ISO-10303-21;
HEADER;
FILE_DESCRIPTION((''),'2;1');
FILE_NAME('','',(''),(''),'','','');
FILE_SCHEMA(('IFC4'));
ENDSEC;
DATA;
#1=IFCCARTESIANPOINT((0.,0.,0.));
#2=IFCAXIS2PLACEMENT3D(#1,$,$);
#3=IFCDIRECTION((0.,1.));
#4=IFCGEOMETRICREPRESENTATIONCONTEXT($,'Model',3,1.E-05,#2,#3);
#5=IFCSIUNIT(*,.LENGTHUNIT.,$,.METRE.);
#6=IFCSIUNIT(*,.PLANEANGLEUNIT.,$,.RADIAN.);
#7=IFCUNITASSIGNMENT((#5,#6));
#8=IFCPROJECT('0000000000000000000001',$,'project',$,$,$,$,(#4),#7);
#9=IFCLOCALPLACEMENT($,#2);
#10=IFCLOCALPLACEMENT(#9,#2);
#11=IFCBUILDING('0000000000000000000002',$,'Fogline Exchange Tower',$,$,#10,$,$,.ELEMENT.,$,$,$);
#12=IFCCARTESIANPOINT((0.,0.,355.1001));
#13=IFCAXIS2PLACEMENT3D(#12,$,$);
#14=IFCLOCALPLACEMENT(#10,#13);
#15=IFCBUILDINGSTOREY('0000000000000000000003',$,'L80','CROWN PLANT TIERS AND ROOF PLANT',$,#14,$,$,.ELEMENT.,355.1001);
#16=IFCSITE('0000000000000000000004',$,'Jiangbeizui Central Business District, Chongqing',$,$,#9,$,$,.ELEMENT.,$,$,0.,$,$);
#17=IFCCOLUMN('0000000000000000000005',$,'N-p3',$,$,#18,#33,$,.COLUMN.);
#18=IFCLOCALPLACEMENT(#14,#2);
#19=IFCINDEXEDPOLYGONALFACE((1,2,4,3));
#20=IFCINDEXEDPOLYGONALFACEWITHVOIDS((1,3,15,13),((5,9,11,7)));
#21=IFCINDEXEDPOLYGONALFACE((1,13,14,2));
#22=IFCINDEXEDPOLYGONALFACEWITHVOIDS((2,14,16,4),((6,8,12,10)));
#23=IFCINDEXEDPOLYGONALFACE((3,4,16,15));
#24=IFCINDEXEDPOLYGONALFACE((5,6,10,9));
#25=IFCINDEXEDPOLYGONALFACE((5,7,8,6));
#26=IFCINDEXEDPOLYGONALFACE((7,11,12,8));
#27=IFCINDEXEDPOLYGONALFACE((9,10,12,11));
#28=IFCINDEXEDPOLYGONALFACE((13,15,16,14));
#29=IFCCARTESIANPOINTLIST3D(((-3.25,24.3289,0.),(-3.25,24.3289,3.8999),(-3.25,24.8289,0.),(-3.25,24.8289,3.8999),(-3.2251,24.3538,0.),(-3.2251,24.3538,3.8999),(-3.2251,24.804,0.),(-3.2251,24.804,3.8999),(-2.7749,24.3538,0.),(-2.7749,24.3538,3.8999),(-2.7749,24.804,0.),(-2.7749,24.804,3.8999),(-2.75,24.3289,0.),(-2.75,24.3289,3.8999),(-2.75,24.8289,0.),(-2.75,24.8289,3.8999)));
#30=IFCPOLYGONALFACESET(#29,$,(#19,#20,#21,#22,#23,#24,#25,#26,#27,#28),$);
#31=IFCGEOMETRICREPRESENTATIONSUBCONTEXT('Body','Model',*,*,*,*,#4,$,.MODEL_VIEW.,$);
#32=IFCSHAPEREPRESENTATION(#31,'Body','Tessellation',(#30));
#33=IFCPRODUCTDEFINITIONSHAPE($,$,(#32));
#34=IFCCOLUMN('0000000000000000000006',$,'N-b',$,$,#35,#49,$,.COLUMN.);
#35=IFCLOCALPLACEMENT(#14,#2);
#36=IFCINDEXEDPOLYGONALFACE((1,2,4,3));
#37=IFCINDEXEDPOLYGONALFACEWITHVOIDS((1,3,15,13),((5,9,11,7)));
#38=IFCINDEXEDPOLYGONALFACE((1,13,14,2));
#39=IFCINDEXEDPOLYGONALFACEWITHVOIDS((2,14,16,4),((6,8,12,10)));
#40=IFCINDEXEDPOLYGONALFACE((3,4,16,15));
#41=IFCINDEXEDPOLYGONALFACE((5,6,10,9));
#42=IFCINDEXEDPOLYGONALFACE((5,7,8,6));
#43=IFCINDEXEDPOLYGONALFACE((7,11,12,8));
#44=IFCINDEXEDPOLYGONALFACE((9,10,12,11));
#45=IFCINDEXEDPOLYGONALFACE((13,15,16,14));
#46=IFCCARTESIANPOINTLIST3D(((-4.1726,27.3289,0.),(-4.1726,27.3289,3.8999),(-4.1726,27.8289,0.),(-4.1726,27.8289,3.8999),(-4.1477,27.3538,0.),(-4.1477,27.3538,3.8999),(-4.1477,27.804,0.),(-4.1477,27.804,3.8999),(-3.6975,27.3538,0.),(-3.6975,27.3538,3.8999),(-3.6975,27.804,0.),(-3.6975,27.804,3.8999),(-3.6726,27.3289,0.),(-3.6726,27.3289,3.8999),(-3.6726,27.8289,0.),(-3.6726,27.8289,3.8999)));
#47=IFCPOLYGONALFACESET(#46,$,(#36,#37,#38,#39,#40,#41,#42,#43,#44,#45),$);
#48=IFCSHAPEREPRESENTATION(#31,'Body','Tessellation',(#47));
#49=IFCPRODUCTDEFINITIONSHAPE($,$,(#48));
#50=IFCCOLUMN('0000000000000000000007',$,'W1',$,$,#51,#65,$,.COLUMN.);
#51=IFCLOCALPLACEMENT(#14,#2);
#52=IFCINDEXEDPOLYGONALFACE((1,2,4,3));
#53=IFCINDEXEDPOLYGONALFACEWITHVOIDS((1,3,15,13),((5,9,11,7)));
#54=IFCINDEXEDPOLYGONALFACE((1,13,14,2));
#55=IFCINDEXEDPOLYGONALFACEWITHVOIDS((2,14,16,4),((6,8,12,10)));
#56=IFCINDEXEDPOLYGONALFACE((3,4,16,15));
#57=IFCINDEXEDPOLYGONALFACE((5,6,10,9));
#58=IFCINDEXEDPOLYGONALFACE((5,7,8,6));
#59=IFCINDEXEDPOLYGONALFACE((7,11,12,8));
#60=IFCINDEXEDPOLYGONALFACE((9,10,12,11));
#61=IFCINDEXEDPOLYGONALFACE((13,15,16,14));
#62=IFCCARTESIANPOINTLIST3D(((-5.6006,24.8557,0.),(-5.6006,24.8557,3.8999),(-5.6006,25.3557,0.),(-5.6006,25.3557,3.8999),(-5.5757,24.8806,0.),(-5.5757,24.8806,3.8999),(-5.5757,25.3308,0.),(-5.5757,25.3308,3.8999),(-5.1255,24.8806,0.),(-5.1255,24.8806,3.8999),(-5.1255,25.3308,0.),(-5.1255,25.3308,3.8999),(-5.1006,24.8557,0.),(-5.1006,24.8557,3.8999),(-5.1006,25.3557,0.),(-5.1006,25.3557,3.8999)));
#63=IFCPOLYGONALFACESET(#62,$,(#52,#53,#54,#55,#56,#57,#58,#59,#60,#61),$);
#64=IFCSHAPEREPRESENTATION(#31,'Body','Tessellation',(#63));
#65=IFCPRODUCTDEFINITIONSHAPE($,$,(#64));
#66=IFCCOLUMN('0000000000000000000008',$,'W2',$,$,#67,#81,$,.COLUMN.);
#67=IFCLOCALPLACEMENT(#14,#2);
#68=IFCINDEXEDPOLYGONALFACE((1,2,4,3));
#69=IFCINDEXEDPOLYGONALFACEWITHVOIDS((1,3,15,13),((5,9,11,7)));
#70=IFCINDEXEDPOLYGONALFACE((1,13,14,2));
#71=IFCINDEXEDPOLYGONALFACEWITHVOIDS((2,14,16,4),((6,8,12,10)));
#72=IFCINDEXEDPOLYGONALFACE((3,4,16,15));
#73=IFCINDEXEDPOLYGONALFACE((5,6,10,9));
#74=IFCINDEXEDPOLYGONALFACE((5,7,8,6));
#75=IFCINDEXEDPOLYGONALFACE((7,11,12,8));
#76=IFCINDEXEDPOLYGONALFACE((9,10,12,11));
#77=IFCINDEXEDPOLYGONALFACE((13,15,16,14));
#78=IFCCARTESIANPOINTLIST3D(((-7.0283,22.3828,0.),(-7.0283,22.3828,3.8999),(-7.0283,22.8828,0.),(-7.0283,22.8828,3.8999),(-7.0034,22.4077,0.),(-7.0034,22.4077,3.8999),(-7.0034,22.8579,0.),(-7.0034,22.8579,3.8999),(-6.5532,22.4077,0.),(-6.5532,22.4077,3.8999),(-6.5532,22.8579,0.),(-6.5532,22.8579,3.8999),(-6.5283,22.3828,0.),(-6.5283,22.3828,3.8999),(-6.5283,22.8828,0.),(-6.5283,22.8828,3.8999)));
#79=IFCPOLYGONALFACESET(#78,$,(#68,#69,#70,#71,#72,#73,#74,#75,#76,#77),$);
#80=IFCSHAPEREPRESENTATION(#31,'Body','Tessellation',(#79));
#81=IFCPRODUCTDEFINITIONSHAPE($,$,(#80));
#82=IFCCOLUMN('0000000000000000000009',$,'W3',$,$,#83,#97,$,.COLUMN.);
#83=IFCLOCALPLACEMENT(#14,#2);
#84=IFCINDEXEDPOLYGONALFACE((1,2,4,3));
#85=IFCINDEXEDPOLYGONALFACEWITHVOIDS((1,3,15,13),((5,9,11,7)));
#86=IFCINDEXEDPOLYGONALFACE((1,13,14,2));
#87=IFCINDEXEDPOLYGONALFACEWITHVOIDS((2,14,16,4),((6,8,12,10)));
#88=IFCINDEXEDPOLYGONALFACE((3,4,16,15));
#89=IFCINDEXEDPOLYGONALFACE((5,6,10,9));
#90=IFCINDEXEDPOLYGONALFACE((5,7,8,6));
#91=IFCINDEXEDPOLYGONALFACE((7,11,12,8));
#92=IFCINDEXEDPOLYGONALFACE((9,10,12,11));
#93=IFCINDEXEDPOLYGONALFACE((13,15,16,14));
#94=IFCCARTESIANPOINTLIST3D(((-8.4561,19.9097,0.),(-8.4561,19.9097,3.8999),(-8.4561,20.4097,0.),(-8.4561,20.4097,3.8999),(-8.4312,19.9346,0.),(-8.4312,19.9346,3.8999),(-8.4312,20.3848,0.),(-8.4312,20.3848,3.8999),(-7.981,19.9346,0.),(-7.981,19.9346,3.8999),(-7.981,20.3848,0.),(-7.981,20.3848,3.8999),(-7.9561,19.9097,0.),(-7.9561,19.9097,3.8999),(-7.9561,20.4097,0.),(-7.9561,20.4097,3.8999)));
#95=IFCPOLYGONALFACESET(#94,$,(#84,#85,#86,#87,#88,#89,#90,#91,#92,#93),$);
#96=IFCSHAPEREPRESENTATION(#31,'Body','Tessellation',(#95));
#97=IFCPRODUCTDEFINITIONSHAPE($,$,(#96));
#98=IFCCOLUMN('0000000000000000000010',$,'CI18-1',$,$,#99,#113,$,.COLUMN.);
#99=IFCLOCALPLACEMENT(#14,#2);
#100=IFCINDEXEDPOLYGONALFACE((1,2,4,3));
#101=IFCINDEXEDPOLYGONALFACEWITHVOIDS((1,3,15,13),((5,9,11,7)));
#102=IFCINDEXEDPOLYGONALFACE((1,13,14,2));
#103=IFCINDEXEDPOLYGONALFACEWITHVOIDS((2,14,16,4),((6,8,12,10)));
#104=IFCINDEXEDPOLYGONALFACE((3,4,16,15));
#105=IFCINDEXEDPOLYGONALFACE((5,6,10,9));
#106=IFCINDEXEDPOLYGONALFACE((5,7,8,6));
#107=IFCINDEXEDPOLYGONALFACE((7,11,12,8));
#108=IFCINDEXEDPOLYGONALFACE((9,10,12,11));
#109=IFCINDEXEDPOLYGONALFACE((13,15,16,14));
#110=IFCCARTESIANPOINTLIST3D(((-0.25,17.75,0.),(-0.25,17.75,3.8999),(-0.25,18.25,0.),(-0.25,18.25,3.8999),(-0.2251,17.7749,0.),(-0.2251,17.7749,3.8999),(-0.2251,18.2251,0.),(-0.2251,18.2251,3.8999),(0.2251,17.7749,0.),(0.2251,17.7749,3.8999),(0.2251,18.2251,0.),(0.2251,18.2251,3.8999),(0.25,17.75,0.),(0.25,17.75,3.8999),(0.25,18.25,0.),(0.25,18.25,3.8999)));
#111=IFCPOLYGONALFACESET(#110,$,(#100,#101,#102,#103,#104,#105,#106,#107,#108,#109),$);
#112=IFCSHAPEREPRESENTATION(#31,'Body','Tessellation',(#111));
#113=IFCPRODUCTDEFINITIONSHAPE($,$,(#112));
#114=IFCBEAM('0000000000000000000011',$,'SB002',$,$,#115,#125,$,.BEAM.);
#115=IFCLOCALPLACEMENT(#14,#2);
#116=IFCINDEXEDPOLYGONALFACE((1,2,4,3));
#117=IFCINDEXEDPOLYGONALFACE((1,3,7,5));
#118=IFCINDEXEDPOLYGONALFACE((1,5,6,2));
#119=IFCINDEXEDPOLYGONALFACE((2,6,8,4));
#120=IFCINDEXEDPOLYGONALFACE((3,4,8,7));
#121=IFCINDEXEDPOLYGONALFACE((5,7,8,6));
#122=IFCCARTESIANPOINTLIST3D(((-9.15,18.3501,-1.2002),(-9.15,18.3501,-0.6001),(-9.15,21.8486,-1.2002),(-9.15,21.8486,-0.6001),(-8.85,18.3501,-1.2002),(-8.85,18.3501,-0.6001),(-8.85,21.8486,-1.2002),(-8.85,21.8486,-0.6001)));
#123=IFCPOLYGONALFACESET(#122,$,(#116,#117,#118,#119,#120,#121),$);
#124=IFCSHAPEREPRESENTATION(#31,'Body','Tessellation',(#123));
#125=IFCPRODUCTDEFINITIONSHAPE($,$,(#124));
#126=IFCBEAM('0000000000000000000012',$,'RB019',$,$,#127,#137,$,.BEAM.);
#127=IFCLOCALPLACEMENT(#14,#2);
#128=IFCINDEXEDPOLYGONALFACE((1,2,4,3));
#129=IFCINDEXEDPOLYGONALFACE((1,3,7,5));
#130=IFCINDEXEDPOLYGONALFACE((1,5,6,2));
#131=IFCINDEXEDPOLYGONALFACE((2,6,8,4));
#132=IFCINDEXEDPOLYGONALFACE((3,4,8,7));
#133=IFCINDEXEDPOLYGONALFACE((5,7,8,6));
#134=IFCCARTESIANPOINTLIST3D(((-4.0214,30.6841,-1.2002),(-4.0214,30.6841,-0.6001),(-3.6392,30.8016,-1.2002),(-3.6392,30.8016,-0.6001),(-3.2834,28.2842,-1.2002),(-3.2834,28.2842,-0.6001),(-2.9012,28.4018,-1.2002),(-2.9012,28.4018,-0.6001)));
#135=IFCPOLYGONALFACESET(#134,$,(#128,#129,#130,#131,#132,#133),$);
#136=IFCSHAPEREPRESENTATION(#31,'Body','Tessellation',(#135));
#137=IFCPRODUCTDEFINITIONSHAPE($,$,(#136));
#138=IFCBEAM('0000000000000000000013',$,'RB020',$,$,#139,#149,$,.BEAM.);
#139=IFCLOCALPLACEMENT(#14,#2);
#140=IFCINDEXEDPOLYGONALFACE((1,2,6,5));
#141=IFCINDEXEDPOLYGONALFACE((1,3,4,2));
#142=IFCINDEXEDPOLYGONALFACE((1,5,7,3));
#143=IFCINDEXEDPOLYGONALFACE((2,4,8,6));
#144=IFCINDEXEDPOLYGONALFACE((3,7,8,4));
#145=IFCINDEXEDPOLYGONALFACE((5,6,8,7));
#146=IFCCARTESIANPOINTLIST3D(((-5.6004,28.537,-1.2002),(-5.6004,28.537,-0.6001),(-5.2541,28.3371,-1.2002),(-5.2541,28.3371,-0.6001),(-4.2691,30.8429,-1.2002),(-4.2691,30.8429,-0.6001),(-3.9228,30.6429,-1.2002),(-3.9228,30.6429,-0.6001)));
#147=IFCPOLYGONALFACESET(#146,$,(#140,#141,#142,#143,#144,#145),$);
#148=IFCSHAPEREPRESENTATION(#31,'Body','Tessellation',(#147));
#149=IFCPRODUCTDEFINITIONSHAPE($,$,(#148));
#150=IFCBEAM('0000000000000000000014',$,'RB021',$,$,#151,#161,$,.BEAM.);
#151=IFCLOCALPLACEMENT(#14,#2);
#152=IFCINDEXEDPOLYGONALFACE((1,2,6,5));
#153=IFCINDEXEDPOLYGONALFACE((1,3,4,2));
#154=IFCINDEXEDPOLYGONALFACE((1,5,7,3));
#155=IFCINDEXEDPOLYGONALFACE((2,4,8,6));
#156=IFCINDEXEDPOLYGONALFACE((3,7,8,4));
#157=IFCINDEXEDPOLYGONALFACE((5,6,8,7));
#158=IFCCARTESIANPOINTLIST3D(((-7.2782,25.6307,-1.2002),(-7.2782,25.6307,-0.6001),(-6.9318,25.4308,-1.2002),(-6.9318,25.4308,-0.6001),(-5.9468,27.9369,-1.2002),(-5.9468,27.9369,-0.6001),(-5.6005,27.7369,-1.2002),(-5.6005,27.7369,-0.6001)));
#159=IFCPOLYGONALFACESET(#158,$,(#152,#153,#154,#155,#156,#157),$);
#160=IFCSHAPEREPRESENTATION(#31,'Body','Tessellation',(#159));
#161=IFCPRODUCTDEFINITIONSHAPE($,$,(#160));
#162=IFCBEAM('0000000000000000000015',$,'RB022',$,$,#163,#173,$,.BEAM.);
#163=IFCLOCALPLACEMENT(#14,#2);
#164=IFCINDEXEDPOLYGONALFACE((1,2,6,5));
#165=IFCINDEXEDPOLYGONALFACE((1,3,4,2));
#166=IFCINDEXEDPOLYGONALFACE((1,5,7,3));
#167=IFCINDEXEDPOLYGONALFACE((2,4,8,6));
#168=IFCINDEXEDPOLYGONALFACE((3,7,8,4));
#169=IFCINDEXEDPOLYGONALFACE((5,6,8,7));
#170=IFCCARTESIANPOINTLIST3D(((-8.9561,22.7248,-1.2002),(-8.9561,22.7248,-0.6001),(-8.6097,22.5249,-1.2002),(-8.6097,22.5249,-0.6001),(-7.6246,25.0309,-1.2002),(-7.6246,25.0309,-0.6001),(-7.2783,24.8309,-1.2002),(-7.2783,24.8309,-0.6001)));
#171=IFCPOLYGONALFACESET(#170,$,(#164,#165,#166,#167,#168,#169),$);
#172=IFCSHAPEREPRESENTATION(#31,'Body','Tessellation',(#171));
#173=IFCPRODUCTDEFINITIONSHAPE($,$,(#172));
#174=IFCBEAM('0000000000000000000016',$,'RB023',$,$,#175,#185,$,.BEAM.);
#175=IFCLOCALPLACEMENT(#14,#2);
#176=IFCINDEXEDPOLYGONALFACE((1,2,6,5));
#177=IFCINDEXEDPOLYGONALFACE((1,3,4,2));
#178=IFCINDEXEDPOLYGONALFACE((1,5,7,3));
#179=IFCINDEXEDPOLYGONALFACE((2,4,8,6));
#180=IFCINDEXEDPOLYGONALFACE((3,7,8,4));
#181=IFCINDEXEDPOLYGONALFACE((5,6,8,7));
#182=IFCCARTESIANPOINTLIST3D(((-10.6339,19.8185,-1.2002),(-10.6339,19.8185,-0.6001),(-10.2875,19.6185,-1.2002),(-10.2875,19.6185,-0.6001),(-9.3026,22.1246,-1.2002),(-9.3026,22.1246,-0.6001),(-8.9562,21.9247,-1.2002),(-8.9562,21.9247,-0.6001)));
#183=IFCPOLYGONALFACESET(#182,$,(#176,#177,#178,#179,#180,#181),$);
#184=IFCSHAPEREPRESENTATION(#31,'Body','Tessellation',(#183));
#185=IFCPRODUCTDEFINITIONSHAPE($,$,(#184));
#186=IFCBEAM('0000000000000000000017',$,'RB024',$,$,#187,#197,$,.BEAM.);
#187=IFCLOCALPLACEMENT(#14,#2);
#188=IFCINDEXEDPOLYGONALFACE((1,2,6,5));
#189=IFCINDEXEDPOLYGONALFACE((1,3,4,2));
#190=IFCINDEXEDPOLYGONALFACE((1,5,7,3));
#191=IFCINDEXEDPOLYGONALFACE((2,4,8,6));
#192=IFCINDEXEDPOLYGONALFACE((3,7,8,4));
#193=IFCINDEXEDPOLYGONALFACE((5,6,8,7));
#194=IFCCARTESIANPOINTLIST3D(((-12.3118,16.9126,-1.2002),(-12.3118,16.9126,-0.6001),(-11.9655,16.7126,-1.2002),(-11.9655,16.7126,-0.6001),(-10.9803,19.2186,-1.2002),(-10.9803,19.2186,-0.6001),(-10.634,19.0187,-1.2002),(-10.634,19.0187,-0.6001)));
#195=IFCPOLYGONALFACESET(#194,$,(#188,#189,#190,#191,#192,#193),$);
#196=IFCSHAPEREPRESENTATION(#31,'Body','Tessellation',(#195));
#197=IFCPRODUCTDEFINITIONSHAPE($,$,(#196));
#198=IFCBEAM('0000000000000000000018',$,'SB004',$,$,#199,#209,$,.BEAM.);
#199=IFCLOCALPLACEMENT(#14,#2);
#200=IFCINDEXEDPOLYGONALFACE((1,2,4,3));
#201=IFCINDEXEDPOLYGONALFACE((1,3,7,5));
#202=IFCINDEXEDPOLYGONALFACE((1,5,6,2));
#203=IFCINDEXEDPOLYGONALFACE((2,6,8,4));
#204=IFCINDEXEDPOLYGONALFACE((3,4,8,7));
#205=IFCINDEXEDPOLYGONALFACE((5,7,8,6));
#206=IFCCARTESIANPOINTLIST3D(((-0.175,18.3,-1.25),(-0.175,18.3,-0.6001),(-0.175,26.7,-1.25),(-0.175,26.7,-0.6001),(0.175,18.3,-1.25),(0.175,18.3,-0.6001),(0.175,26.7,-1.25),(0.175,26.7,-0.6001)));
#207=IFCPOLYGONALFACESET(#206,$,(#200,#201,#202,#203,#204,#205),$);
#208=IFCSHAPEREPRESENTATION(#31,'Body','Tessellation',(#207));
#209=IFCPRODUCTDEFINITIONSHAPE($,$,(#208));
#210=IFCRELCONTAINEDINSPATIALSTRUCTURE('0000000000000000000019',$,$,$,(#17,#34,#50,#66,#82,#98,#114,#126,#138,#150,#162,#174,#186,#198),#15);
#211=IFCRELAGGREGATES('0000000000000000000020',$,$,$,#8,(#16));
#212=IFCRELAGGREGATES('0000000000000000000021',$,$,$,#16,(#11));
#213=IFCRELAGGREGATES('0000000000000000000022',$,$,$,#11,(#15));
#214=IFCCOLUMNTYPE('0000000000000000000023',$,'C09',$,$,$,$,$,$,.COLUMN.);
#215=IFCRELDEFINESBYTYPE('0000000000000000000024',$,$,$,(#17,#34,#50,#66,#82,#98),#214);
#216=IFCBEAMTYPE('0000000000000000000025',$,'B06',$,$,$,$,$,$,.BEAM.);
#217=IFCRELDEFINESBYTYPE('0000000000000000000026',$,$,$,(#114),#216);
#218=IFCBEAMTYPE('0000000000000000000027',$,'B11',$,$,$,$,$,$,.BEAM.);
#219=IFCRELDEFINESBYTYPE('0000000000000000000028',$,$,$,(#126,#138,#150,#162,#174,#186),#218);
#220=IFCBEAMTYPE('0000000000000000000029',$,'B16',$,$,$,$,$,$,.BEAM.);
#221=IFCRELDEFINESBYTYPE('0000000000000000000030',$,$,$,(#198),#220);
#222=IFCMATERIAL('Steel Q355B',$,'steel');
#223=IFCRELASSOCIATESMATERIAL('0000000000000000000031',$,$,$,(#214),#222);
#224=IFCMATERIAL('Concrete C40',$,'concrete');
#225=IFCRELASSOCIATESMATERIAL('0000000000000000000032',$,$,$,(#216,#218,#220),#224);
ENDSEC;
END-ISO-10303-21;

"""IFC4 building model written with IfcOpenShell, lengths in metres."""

from ifc_helpers import new_model, si_unit, direction, frame, origin, origin_2d, place, context, subcontext, project, spatial, rectangle, hollow_rectangle, extrude, material, material_profile, profile_set, type_object, element, save


model = new_model("IFC4")

# Units and contexts
model_context = context("Model", 3, precision=1e-05, world=origin(), true_north=direction((0.0, 1.0)))
body_context = subcontext(model_context, "Body", "Model", "MODEL_VIEW")
ifc_project = project(units=[si_unit("LENGTHUNIT", "METRE"), si_unit("PLANEANGLEUNIT", "RADIAN")], contexts=[model_context])

# Site, building, storey
site_placement = place(None, origin())
site = spatial("IfcSite", under=ifc_project, at=site_placement, Name="Jiangbeizui Central Business District, Chongqing", CompositionType="ELEMENT", RefElevation=0.0)
building_placement = place(site_placement, origin())
building = spatial("IfcBuilding", under=site, at=building_placement, Name="Fogline Exchange Tower", CompositionType="ELEMENT")
storey_placement = place(building_placement, frame((0.0, 0.0, 355.1001)))
storey = spatial("IfcBuildingStorey", under=building, at=storey_placement, Name="L80", Description="CROWN PLANT TIERS AND ROOF PLANT", CompositionType="ELEMENT", Elevation=355.1001)

# Columns
ifc_material_1 = material(Name="Steel Q355B", Category="steel")
ifc_material_profile_1 = material_profile(ifc_material_1, hollow_rectangle(XDim=0.5, YDim=0.5, WallThickness=0.0249, at=origin_2d()), Name="BOX500X500X25")
ifc_profile_set_1 = profile_set([ifc_material_profile_1], Name="Steel Q355B")
column_type = type_object("IfcColumnType", Name="C09", PredefinedType="COLUMN", material=ifc_profile_set_1)
for number, where, z_axis, x_axis, name in (
    (1, (-3.0, 24.5789, 0.0), (0.0, 0.0, 1.0), (1.0, 0.0, 0.0), "N-p3"),
    (2, (-3.9226, 27.5789, 0.0), (0.0, 0.0, 1.0), (1.0, 0.0, 0.0), "N-b"),
    (3, (-5.3506, 25.1057, 0.0), (0.0, 0.0, 1.0), (1.0, 0.0, 0.0), "W1"),
    (4, (-6.7783, 22.6328, 0.0), (0.0, 0.0, 1.0), (1.0, 0.0, 0.0), "W2"),
    (5, (-8.2061, 20.1597, 0.0), (0.0, 0.0, 1.0), (1.0, 0.0, 0.0), "W3"),
    (6, (0.0, 18.0, 0.0), (0.0, 0.0, 1.0), (1.0, 0.0, 0.0), "CI18-1"),
):
    element("IfcColumn", number, at=place(storey_placement, frame(where, z_axis=z_axis, x_axis=x_axis)), inside=storey, type_object=column_type, Name=name, PredefinedType="COLUMN", context=body_context, shape_type="SweptSolid", body=[
        extrude(hollow_rectangle(XDim=0.5, YDim=0.5, WallThickness=0.0249, at=origin_2d()), origin(), (0.0, 0.0, 1.0), 3.8999),
    ])

# Beams
ifc_material_2 = material(Name="Concrete C40", Category="concrete")
ifc_material_profile_2 = material_profile(ifc_material_2, rectangle(XDim=0.3, YDim=0.6001, at=origin_2d()), Name="RC 300x600")
ifc_profile_set_2 = profile_set([ifc_material_profile_2], Name="Concrete C40")
beam_type_1 = type_object("IfcBeamType", Name="B06", PredefinedType="BEAM", material=ifc_profile_set_2)
beam_1_placement = place(storey_placement, frame((-9.0, 18.3501, -0.9001), z_axis=(0.0, 1.0, 0.0), x_axis=(-1.0, 0.0, 0.0)))
element("IfcBeam", 7, at=beam_1_placement, inside=storey, type_object=beam_type_1, Name="SB002", PredefinedType="BEAM", context=body_context, shape_type="SweptSolid", body=[
    extrude(rectangle(XDim=0.3, YDim=0.6001, at=origin_2d()), origin(), (0.0, 0.0, 1.0), 3.4985),
])
ifc_material_profile_3 = material_profile(ifc_material_2, rectangle(XDim=0.3999, YDim=0.6001, at=origin_2d()), Name="RC 400x600")
ifc_profile_set_3 = profile_set([ifc_material_profile_3], Name="Concrete C40")
beam_type_2 = type_object("IfcBeamType", Name="B11", PredefinedType="BEAM", material=ifc_profile_set_3)
beam_2_placement = place(storey_placement, frame((-3.0923, 28.343, -0.9001), z_axis=(-0.293942, 0.955823, 0.0), x_axis=(-0.955823, -0.293942, 0.0)))
element("IfcBeam", 8, at=beam_2_placement, inside=storey, type_object=beam_type_2, Name="RB019", PredefinedType="BEAM", context=body_context, shape_type="SweptSolid", body=[
    extrude(rectangle(XDim=0.3999, YDim=0.6001, at=origin_2d()), origin(), (0.0, 0.0, 1.0), 2.5107),
])
beam_3_placement = place(storey_placement, frame((-4.0959, 30.7429, -0.9001), z_axis=(-0.499995, -0.866028, 0.0), x_axis=(0.866028, -0.499995, 0.0)))
element("IfcBeam", 9, at=beam_3_placement, inside=storey, type_object=beam_type_2, Name="RB020", PredefinedType="BEAM", context=body_context, shape_type="SweptSolid", body=[
    extrude(rectangle(XDim=0.3999, YDim=0.6001, at=origin_2d()), origin(), (0.0, 0.0, 1.0), 2.6626),
])
for number, where, z_axis, x_axis, name in (
    (10, (-5.7737, 27.8369, -0.9001), (-0.499955, -0.866051, 0.0), (0.866051, -0.499955, 0.0), "RB021"),
    (11, (-7.4514, 24.9309, -0.9001), (-0.500024, -0.866012, 0.0), (0.866012, -0.500024, 0.0), "RB022"),
    (12, (-9.1294, 22.0247, -0.9001), (-0.499955, -0.866051, 0.0), (0.866051, -0.499955, 0.0), "RB023"),
    (13, (-10.8071, 19.1187, -0.9001), (-0.500024, -0.866012, 0.0), (0.866012, -0.500024, 0.0), "RB024"),
):
    element("IfcBeam", number, at=place(storey_placement, frame(where, z_axis=z_axis, x_axis=x_axis)), inside=storey, type_object=beam_type_2, Name=name, PredefinedType="BEAM", context=body_context, shape_type="SweptSolid", body=[
        extrude(rectangle(XDim=0.3999, YDim=0.6001, at=origin_2d()), origin(), (0.0, 0.0, 1.0), 2.6628),
    ])
ifc_material_profile_4 = material_profile(ifc_material_2, rectangle(XDim=0.3501, YDim=0.6499, at=origin_2d()), Name="RC 350x650")
ifc_profile_set_4 = profile_set([ifc_material_profile_4], Name="Concrete C40")
beam_type_3 = type_object("IfcBeamType", Name="B16", PredefinedType="BEAM", material=ifc_profile_set_4)
beam_4_placement = place(storey_placement, frame((0.0, 18.3, -0.925), z_axis=(0.0, 1.0, 0.0), x_axis=(-1.0, 0.0, 0.0)))
element("IfcBeam", 14, at=beam_4_placement, inside=storey, type_object=beam_type_3, Name="SB004", PredefinedType="BEAM", context=body_context, shape_type="SweptSolid", body=[
    extrude(rectangle(XDim=0.3501, YDim=0.6499, at=origin_2d()), origin(), (0.0, 0.0, 1.0), 8.3999),
])

save(model, "model.ifc")
